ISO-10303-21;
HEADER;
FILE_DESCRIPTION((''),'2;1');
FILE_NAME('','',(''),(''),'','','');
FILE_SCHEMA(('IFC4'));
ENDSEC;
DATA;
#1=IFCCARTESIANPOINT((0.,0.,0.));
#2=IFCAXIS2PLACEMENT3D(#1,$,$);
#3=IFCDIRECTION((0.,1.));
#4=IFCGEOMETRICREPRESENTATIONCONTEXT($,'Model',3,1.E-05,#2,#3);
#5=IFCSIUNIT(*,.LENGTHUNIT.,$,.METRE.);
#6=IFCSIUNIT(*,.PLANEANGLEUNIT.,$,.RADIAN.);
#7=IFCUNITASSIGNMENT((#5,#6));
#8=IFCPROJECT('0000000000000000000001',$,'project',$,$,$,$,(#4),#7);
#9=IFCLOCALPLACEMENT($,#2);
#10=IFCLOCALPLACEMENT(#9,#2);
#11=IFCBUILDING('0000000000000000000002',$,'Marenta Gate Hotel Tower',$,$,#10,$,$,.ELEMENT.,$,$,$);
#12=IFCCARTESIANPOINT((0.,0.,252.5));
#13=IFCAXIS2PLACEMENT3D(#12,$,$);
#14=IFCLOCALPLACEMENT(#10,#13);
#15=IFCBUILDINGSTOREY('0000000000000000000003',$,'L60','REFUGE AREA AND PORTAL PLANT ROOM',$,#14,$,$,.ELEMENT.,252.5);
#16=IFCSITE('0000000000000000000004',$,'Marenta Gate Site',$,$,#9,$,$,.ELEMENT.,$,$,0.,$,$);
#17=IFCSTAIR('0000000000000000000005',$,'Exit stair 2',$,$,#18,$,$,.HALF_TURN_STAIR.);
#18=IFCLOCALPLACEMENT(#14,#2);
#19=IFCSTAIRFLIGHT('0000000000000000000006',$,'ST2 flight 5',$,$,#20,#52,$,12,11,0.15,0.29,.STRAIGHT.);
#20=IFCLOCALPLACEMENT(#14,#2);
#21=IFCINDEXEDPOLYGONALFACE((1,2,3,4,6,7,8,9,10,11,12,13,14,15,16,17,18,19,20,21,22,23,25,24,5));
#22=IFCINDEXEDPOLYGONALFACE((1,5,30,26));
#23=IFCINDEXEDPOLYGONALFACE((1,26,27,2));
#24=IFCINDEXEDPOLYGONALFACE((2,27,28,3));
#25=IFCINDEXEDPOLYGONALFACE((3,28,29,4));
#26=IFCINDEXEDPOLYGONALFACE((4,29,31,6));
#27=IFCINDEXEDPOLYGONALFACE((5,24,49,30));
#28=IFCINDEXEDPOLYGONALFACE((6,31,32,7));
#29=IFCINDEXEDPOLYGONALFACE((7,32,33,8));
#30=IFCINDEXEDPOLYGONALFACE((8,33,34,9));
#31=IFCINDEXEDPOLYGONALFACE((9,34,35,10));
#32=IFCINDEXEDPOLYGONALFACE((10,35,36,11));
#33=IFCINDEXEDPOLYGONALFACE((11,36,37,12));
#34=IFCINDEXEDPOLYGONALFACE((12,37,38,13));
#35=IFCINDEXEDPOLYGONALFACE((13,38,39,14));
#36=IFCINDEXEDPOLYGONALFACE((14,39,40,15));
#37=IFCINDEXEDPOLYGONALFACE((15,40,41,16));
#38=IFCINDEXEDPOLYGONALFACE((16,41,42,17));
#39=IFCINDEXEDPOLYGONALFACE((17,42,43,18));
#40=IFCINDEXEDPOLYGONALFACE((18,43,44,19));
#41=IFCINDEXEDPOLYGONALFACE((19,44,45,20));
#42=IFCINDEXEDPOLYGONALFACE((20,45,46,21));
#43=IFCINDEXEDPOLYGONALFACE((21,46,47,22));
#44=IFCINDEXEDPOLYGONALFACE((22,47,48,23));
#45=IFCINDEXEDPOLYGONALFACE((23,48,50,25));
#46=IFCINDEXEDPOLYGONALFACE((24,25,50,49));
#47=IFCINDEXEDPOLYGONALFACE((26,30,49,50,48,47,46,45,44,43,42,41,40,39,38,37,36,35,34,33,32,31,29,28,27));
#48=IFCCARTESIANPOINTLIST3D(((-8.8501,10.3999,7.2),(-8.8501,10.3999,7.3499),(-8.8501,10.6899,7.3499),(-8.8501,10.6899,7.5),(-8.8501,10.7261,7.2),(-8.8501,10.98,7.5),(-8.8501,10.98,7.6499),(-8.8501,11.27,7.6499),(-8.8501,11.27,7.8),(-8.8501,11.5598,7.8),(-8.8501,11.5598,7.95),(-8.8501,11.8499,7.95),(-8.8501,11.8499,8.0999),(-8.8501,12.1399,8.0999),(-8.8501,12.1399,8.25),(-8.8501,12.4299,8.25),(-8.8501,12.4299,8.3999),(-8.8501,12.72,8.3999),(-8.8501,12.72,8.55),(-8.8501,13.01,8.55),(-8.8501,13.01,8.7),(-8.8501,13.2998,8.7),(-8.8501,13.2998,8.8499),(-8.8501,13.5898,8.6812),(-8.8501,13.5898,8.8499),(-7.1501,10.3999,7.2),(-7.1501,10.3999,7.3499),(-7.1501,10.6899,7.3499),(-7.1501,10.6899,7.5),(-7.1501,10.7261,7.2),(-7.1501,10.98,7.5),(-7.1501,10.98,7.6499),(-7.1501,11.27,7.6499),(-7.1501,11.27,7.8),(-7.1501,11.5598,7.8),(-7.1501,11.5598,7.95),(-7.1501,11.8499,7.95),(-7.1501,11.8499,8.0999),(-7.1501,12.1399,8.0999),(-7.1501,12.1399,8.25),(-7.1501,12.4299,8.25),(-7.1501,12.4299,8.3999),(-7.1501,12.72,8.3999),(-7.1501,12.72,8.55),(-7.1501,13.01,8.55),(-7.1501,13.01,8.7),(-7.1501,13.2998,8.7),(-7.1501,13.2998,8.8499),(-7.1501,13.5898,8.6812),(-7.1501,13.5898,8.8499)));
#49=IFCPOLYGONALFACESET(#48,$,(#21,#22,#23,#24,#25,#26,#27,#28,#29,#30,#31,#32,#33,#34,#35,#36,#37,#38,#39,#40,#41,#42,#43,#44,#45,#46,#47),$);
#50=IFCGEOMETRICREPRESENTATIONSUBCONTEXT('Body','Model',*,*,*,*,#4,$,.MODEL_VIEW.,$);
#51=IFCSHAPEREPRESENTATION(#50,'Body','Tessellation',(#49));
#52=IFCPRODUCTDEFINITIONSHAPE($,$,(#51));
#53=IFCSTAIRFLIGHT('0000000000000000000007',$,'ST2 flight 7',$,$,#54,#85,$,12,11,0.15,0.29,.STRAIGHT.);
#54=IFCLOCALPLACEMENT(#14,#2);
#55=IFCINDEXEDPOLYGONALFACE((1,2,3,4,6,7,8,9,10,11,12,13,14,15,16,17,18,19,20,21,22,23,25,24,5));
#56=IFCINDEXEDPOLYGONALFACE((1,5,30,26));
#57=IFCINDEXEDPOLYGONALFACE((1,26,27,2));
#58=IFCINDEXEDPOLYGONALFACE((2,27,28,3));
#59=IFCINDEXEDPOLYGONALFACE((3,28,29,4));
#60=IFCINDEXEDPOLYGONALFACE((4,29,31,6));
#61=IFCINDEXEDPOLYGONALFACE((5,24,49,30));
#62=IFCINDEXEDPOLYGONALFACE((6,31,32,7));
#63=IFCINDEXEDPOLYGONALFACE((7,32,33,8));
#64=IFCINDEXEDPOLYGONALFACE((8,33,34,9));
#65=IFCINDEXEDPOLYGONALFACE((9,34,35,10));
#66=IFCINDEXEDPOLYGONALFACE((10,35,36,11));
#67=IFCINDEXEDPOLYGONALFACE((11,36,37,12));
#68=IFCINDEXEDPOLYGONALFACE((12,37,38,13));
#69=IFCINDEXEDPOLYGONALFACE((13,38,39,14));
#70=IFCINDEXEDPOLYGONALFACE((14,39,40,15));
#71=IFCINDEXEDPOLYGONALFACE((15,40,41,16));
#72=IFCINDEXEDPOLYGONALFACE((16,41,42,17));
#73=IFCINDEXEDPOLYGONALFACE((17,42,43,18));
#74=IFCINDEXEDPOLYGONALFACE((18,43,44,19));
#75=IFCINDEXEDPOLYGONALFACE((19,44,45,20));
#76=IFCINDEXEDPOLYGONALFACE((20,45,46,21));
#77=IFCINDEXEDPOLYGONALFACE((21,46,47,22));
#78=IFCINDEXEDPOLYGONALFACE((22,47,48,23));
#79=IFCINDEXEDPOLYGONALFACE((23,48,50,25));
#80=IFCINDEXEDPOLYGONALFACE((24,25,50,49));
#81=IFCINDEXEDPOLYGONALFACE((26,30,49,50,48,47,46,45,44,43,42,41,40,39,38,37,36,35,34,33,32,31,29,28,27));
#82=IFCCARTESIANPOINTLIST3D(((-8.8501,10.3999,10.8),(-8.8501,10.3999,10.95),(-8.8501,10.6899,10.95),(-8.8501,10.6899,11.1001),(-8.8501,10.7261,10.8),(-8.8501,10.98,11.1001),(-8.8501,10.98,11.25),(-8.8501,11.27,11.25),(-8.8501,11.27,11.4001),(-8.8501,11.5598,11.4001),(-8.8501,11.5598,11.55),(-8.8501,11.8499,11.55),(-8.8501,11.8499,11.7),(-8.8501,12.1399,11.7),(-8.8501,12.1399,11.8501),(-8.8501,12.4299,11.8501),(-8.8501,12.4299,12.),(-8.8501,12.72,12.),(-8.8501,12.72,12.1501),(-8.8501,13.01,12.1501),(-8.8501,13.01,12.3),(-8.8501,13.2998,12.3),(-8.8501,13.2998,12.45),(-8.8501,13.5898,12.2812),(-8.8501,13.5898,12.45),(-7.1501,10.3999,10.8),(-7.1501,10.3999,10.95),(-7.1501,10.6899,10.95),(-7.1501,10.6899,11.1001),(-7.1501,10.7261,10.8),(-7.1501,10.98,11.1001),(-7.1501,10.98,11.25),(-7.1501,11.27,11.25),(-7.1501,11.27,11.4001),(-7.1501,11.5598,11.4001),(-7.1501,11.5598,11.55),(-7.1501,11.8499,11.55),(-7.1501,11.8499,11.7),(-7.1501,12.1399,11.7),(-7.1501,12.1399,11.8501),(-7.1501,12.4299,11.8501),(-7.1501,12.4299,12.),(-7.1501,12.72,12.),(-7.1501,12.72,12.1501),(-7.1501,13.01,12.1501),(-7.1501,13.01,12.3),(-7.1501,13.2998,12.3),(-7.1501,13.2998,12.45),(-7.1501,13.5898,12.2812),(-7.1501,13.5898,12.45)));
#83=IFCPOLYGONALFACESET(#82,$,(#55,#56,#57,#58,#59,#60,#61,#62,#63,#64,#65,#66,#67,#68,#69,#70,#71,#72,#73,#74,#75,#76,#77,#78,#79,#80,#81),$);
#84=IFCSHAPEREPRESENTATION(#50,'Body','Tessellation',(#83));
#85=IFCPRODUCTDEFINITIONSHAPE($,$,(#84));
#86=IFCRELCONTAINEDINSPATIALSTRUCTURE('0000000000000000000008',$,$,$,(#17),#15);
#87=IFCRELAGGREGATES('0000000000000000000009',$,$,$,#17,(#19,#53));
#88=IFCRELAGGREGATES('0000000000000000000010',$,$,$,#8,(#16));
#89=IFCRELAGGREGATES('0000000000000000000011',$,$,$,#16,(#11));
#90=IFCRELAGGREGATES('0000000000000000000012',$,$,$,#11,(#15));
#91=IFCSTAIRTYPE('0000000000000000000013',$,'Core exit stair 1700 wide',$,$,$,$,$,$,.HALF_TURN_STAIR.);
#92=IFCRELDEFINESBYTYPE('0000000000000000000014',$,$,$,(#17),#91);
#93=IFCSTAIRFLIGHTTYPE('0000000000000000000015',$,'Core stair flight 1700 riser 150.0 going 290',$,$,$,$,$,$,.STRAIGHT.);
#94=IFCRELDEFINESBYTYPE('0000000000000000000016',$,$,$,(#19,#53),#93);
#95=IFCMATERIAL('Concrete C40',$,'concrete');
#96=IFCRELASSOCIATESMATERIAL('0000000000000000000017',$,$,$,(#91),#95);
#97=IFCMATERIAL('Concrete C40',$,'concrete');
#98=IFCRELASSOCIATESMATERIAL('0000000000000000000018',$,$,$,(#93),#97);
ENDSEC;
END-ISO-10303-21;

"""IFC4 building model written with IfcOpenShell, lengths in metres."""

from ifc_helpers import new_model, si_unit, direction, frame, origin, place, context, subcontext, project, spatial, polyline, outline, extrude, material, type_object, element, aggregate, save


model = new_model("IFC4")

# Units and contexts
model_context = context("Model", 3, precision=1e-05, world=origin(), true_north=direction((0.0, 1.0)))
body_context = subcontext(model_context, "Body", "Model", "MODEL_VIEW")
ifc_project = project(units=[si_unit("LENGTHUNIT", "METRE"), si_unit("PLANEANGLEUNIT", "RADIAN")], contexts=[model_context])

# Site, building, storey
site_placement = place(None, origin())
site = spatial("IfcSite", under=ifc_project, at=site_placement, Name="Marenta Gate Site", CompositionType="ELEMENT", RefElevation=0.0)
building_placement = place(site_placement, origin())
building = spatial("IfcBuilding", under=site, at=building_placement, Name="Marenta Gate Hotel Tower", CompositionType="ELEMENT")
storey_placement = place(building_placement, frame((0.0, 0.0, 252.5)))
storey = spatial("IfcBuildingStorey", under=building, at=storey_placement, Name="L60", Description="REFUGE AREA AND PORTAL PLANT ROOM", CompositionType="ELEMENT", Elevation=252.5)

# Shared definitions
ifc_material_1 = material(Name="Concrete C40", Category="concrete")
stair_type = type_object("IfcStairType", Name="Core exit stair 1700 wide", PredefinedType="HALF_TURN_STAIR", material=ifc_material_1)
ifc_material_2 = material(Name="Concrete C40", Category="concrete")
stair_flight_type = type_object("IfcStairFlightType", Name="Core stair flight 1700 riser 150.0 going 290", PredefinedType="STRAIGHT", material=ifc_material_2)

# Stair, stair flights
stair_1_placement = place(storey_placement, origin())
stair_1 = element("IfcStair", 1, at=stair_1_placement, inside=storey, type_object=stair_type, Name="Exit stair 2", PredefinedType="HALF_TURN_STAIR")
stair_flight_1_placement = place(storey_placement, frame((-8.0, 10.3999, 7.2), z_axis=(0.0, 0.0, 1.0), x_axis=(0.0, 1.0, 0.0)))
stair_flight_1 = element("IfcStairFlight", 2, at=stair_flight_1_placement, type_object=stair_flight_type, Name="ST2 flight 5", NumberOfRisers=12, NumberOfTreads=11, PredefinedType="STRAIGHT", RiserHeight=0.15, TreadLength=0.29, context=body_context, shape_type="SweptSolid", body=[
    extrude(outline(polyline([(0.0, 0.0), (0.0, 0.1499), (0.29, 0.1499), (0.29, 0.3), (0.5801, 0.3), (0.5801, 0.45), (0.8701, 0.45), (0.8701, 0.6001), (1.1599, 0.6001), (1.1599, 0.75), (1.45, 0.75), (1.45, 0.8999), (1.74, 0.8999), (1.74, 1.05), (2.03, 1.05), (2.03, 1.2), (2.3201, 1.2), (2.3201, 1.3501), (2.6101, 1.3501), (2.6101, 1.5), (2.8999, 1.5), (2.8999, 1.6499), (3.1899, 1.6499), (3.1899, 1.8), (3.1899, 1.4812), (0.3262, 0.0), (0.0, 0.0)])), frame((0.0, 0.8501, 0.0), z_axis=(0.0, -1.0, 0.0), x_axis=(1.0, 0.0, 0.0)), (0.0, 0.0, 1.0), 1.7),
])
stair_flight_2_placement = place(storey_placement, frame((-8.0, 10.3999, 10.8), z_axis=(0.0, 0.0, 1.0), x_axis=(0.0, 1.0, 0.0)))
stair_flight_2 = element("IfcStairFlight", 3, at=stair_flight_2_placement, type_object=stair_flight_type, Name="ST2 flight 7", NumberOfRisers=12, NumberOfTreads=11, PredefinedType="STRAIGHT", RiserHeight=0.15, TreadLength=0.29, context=body_context, shape_type="SweptSolid", body=[
    extrude(outline(polyline([(0.0, 0.0), (0.0, 0.1499), (0.29, 0.1499), (0.29, 0.3), (0.5801, 0.3), (0.5801, 0.45), (0.8701, 0.45), (0.8701, 0.6001), (1.1599, 0.6001), (1.1599, 0.75), (1.45, 0.75), (1.45, 0.8999), (1.74, 0.8999), (1.74, 1.05), (2.03, 1.05), (2.03, 1.2), (2.3201, 1.2), (2.3201, 1.3501), (2.6101, 1.3501), (2.6101, 1.5), (2.8999, 1.5), (2.8999, 1.6499), (3.1899, 1.6499), (3.1899, 1.8), (3.1899, 1.4812), (0.3262, 0.0), (0.0, 0.0)])), frame((0.0, 0.8501, 0.0), z_axis=(0.0, -1.0, 0.0), x_axis=(1.0, 0.0, 0.0)), (0.0, 0.0, 1.0), 1.7),
])
aggregate(stair_1, [stair_flight_1, stair_flight_2])

save(model, "model.ifc")
